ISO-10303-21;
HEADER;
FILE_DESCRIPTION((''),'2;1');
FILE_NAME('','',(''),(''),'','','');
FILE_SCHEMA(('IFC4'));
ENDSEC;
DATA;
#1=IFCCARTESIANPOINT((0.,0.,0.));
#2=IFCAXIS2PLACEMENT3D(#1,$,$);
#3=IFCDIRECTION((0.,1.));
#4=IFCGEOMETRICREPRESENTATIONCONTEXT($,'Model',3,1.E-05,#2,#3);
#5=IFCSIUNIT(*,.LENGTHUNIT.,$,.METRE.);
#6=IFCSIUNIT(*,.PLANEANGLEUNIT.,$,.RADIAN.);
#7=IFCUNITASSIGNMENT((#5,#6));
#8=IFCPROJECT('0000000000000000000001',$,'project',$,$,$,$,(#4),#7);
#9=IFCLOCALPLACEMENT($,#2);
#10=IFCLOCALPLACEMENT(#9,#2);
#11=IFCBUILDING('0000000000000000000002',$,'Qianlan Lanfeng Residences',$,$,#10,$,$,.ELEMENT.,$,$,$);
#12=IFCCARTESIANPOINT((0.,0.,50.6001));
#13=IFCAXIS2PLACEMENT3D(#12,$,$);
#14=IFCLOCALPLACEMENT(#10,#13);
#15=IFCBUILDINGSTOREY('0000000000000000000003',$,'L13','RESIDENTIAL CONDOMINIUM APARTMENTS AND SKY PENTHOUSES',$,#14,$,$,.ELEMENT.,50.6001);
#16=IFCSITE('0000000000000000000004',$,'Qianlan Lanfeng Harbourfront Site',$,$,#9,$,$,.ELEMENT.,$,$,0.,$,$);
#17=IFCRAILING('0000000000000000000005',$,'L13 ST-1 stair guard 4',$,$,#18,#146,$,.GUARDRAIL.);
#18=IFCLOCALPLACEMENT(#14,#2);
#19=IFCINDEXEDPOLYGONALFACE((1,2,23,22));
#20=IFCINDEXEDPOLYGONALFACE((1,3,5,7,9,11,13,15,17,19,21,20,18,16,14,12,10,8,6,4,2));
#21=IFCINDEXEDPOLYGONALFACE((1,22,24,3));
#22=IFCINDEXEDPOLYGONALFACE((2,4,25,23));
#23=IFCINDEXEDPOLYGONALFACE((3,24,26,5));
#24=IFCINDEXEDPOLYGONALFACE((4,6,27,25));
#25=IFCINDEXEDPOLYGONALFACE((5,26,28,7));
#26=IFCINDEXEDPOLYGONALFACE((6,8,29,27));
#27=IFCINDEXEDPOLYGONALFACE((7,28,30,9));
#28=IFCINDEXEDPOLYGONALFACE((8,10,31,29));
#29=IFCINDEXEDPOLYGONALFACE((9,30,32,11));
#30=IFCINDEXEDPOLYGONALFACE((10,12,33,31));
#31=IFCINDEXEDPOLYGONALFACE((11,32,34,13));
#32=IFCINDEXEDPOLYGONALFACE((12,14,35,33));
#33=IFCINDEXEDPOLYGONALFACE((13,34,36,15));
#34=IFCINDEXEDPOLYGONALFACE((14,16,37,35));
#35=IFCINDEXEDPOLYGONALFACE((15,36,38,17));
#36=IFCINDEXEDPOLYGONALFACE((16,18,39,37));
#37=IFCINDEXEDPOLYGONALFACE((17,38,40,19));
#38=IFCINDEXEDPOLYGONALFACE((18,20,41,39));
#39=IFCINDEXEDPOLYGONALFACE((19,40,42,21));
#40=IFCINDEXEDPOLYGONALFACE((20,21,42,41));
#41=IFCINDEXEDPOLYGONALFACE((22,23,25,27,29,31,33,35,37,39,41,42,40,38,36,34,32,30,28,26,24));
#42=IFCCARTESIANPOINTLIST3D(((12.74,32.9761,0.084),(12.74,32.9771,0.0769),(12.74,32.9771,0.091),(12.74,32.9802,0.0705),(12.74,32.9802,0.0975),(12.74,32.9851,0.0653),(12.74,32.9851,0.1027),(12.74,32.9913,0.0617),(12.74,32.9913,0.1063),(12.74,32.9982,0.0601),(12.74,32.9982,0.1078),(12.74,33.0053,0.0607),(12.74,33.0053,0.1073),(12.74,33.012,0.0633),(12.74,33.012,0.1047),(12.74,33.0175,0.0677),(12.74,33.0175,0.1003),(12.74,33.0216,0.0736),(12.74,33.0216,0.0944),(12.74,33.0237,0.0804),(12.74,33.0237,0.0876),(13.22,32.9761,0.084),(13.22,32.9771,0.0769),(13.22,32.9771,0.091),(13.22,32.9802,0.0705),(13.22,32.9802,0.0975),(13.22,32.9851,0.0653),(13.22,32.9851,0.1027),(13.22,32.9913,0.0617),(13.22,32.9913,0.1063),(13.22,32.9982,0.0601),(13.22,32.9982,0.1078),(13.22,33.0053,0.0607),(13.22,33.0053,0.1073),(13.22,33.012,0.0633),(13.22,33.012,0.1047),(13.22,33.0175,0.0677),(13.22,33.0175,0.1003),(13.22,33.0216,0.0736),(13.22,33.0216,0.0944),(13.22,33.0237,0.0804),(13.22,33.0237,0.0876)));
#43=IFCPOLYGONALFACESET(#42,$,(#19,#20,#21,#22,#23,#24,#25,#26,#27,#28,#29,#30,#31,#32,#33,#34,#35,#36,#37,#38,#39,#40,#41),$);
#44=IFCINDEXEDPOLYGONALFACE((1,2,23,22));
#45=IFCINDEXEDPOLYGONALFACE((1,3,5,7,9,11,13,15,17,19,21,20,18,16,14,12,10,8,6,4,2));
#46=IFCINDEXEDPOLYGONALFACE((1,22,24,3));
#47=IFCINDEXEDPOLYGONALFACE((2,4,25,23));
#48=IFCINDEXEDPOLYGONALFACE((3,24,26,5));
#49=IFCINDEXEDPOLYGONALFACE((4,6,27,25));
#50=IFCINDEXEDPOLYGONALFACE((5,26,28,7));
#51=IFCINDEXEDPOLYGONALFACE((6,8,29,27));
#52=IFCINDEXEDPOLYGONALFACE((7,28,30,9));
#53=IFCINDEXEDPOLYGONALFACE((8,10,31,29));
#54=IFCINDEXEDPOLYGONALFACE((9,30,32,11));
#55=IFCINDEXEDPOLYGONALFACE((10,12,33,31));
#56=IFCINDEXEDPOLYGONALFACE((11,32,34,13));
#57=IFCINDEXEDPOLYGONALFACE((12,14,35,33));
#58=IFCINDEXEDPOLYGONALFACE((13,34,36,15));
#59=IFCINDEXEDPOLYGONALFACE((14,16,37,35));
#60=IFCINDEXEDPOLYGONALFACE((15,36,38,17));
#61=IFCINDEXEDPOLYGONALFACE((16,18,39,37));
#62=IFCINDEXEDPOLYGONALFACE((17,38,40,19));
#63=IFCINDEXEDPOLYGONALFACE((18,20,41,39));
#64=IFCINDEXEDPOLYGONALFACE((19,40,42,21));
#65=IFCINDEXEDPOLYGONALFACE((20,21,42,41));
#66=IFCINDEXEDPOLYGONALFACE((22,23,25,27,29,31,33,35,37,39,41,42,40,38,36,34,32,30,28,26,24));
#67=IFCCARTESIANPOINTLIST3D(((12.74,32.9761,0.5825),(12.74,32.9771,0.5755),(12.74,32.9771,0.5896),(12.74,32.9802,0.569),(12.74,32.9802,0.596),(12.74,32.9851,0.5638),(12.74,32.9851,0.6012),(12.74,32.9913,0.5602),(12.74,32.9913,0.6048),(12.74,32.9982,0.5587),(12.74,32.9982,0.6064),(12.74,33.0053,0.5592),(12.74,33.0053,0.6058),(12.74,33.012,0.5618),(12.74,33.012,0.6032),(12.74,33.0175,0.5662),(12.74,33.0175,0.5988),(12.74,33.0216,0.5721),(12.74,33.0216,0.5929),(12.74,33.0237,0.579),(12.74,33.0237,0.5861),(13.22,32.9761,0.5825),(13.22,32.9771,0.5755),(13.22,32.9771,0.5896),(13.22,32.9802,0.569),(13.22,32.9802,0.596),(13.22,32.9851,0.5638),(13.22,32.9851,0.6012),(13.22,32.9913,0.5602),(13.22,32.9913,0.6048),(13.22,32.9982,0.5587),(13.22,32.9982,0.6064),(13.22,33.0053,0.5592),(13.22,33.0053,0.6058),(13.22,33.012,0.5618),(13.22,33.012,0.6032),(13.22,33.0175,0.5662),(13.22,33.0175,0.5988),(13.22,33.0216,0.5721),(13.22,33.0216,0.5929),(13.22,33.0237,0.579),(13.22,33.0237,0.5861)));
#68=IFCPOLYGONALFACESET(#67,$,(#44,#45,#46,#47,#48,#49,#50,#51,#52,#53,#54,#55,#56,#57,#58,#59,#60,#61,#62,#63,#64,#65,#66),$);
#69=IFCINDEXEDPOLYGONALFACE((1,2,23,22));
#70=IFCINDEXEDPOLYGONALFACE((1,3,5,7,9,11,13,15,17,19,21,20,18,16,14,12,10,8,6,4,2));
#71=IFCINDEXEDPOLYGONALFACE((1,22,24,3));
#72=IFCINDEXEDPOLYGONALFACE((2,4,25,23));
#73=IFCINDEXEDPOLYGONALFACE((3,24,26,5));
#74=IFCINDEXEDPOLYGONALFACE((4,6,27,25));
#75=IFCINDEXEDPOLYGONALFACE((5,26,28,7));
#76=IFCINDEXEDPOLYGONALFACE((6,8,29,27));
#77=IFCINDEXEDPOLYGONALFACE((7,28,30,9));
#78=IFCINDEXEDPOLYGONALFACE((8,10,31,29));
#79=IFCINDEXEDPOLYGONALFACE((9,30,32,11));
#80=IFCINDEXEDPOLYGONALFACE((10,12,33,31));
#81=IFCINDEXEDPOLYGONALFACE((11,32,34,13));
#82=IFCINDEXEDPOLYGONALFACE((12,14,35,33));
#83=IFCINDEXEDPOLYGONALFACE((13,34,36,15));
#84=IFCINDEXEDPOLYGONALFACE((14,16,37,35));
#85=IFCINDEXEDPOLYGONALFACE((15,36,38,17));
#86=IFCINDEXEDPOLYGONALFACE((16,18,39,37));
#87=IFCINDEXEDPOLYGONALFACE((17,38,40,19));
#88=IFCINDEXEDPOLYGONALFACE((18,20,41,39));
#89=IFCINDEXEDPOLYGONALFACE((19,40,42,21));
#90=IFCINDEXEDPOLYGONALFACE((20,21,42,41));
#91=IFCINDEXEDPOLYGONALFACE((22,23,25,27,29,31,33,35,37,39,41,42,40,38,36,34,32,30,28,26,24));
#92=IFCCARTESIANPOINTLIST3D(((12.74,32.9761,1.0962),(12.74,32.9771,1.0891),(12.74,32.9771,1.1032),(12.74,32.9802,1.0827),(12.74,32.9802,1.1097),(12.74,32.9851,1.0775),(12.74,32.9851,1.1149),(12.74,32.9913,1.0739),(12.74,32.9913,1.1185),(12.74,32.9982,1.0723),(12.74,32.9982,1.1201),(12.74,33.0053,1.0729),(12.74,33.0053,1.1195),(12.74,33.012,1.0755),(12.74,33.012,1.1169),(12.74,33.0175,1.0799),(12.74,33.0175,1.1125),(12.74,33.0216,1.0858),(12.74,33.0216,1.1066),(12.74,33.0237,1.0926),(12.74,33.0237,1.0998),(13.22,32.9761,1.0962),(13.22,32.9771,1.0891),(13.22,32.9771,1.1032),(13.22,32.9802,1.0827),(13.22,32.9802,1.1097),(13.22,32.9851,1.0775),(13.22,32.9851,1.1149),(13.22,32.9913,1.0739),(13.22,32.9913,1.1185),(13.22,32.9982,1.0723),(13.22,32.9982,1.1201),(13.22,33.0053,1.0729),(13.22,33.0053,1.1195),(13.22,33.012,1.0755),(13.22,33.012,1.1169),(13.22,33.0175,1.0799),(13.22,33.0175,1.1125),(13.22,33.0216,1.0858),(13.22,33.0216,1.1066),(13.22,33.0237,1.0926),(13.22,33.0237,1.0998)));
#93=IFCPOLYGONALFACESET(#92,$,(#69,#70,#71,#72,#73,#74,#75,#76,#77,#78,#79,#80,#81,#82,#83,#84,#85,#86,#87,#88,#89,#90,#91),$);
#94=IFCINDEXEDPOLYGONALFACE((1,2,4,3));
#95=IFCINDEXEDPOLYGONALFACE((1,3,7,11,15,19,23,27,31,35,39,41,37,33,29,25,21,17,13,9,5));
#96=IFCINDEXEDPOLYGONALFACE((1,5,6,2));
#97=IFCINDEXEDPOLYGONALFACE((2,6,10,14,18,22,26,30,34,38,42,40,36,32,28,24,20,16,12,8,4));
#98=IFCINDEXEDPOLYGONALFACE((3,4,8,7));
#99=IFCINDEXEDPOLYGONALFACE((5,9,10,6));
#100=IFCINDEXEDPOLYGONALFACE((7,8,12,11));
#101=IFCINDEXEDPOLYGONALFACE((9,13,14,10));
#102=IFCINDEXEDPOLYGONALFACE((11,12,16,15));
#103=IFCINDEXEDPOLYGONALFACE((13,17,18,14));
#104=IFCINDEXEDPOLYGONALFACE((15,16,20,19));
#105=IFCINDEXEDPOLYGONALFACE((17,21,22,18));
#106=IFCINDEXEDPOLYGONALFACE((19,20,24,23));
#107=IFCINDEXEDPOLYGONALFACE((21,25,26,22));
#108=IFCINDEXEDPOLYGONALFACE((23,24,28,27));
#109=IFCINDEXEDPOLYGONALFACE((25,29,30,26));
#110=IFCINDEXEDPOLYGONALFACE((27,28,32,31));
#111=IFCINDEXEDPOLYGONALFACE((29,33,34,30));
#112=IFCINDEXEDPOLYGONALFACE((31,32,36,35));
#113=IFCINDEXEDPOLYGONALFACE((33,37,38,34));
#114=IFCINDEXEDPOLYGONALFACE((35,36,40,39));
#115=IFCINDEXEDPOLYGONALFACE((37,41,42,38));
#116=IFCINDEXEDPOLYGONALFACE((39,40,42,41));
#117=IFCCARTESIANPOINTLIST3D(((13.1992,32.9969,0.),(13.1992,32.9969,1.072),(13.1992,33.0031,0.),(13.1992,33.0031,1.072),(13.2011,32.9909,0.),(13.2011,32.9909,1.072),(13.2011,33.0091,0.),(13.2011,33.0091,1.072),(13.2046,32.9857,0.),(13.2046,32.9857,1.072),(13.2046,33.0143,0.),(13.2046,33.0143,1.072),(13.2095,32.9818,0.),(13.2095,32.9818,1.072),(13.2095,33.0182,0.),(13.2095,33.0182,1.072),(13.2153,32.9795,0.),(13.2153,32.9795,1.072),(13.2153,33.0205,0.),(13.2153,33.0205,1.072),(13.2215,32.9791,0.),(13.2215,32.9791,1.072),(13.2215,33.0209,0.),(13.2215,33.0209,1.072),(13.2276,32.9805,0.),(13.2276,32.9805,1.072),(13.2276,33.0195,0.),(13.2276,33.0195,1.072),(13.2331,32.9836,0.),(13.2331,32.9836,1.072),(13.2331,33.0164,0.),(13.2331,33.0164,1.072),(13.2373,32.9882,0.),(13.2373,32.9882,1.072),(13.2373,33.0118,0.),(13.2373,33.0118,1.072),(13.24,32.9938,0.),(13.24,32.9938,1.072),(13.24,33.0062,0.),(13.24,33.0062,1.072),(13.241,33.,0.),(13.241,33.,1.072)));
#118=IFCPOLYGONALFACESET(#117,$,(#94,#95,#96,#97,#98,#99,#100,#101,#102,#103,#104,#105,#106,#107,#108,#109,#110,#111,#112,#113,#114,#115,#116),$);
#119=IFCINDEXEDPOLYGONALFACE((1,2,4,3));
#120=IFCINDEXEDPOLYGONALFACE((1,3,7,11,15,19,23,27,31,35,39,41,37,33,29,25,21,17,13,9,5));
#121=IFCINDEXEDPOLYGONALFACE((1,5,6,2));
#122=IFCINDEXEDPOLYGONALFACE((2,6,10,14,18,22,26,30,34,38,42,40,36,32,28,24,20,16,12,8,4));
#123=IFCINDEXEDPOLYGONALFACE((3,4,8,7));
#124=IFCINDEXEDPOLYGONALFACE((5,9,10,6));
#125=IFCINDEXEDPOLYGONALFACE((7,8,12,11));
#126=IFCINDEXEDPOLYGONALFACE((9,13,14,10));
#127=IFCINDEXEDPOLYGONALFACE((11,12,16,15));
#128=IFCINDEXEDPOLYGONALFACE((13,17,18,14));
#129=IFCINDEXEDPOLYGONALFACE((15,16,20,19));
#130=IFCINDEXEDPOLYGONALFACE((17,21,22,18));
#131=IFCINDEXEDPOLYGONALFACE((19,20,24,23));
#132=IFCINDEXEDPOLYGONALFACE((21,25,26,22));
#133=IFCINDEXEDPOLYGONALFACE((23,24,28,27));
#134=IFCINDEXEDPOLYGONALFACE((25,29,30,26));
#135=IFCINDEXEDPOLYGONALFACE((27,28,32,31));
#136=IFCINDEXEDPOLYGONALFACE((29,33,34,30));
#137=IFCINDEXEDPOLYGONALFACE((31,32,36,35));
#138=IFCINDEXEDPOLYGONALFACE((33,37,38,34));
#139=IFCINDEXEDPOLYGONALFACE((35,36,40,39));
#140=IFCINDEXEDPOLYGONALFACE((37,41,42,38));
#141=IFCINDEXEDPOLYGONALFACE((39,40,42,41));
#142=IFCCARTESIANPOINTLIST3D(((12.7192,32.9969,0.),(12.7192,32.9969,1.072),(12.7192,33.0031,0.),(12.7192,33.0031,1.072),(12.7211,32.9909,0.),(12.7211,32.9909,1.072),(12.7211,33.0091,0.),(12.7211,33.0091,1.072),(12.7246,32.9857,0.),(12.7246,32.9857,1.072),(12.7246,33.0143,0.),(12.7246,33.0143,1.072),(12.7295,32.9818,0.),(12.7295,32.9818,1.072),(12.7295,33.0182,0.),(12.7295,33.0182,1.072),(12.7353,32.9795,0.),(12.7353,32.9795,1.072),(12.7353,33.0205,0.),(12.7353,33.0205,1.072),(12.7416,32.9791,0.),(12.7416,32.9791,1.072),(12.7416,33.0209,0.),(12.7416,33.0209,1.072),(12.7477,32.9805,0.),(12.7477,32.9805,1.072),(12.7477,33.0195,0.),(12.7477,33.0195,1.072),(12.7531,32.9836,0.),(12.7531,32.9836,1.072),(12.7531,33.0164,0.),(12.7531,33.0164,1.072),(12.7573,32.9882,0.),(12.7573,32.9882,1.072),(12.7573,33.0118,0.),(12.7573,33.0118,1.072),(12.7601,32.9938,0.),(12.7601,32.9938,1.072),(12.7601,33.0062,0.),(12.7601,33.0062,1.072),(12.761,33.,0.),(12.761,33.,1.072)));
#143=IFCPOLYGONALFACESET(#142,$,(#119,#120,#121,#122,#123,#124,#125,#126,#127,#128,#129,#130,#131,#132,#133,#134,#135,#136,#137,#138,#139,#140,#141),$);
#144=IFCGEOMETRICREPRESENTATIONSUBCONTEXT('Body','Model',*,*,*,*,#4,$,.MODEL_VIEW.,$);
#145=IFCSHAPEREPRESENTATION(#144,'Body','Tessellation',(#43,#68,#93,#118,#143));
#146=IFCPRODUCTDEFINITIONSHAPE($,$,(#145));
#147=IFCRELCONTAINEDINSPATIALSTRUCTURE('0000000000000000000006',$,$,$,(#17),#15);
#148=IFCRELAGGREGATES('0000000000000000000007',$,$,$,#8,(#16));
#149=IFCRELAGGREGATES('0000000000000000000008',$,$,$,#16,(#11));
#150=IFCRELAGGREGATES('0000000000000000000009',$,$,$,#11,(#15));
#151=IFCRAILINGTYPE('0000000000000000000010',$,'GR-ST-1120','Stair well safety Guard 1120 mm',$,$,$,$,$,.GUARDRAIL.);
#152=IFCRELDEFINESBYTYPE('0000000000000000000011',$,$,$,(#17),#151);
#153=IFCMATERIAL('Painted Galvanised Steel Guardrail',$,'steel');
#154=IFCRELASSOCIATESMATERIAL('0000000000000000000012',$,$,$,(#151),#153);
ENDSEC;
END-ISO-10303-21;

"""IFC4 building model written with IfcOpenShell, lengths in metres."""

from ifc_helpers import new_model, si_unit, direction, frame, origin, origin_2d, place, context, subcontext, project, spatial, circle, extrude, material, type_object, element, save


model = new_model("IFC4")

# Units and contexts
model_context = context("Model", 3, precision=1e-05, world=origin(), true_north=direction((0.0, 1.0)))
body_context = subcontext(model_context, "Body", "Model", "MODEL_VIEW")
ifc_project = project(units=[si_unit("LENGTHUNIT", "METRE"), si_unit("PLANEANGLEUNIT", "RADIAN")], contexts=[model_context])

# Site, building, storey
site_placement = place(None, origin())
site = spatial("IfcSite", under=ifc_project, at=site_placement, Name="Qianlan Lanfeng Harbourfront Site", CompositionType="ELEMENT", RefElevation=0.0)
building_placement = place(site_placement, origin())
building = spatial("IfcBuilding", under=site, at=building_placement, Name="Qianlan Lanfeng Residences", CompositionType="ELEMENT")
storey_placement = place(building_placement, frame((0.0, 0.0, 50.6001)))
storey = spatial("IfcBuildingStorey", under=building, at=storey_placement, Name="L13", Description="RESIDENTIAL CONDOMINIUM APARTMENTS AND SKY PENTHOUSES", CompositionType="ELEMENT", Elevation=50.6001)

# Railing
ifc_material_1 = material(Name="Painted Galvanised Steel Guardrail", Category="steel")
railing_type_1 = type_object("IfcRailingType", Name="GR-ST-1120", Description="Stair well safety Guard 1120 mm", PredefinedType="GUARDRAIL", material=ifc_material_1)
railing_1_placement = place(storey_placement, frame((13.22, 33.0, 0.0)))
element("IfcRailing", 1, at=railing_1_placement, inside=storey, type_object=railing_type_1, Name="L13 ST-1 stair guard 4", PredefinedType="GUARDRAIL", context=body_context, shape_type="SweptSolid", body=[
    extrude(circle(Radius=0.0239, at=origin_2d()), frame((0.0, 0.0, 0.084), z_axis=(-1.0, 0.0, 0.0), x_axis=(0.0, -1.0, 0.0)), (0.0, 0.0, 1.0), 0.48),
    extrude(circle(Radius=0.0239, at=origin_2d()), frame((0.0, 0.0, 0.5825), z_axis=(-1.0, 0.0, 0.0), x_axis=(0.0, -1.0, 0.0)), (0.0, 0.0, 1.0), 0.48),
    extrude(circle(Radius=0.0239, at=origin_2d()), frame((0.0, 0.0, 1.0962), z_axis=(-1.0, 0.0, 0.0), x_axis=(0.0, -1.0, 0.0)), (0.0, 0.0, 1.0), 0.48),
    extrude(circle(Radius=0.021, at=origin_2d()), origin(), (0.0, 0.0, 1.0), 1.072),
    extrude(circle(Radius=0.021, at=origin_2d()), frame((-0.48, 0.0, 0.0)), (0.0, 0.0, 1.0), 1.072),
])

save(model, "model.ifc")
